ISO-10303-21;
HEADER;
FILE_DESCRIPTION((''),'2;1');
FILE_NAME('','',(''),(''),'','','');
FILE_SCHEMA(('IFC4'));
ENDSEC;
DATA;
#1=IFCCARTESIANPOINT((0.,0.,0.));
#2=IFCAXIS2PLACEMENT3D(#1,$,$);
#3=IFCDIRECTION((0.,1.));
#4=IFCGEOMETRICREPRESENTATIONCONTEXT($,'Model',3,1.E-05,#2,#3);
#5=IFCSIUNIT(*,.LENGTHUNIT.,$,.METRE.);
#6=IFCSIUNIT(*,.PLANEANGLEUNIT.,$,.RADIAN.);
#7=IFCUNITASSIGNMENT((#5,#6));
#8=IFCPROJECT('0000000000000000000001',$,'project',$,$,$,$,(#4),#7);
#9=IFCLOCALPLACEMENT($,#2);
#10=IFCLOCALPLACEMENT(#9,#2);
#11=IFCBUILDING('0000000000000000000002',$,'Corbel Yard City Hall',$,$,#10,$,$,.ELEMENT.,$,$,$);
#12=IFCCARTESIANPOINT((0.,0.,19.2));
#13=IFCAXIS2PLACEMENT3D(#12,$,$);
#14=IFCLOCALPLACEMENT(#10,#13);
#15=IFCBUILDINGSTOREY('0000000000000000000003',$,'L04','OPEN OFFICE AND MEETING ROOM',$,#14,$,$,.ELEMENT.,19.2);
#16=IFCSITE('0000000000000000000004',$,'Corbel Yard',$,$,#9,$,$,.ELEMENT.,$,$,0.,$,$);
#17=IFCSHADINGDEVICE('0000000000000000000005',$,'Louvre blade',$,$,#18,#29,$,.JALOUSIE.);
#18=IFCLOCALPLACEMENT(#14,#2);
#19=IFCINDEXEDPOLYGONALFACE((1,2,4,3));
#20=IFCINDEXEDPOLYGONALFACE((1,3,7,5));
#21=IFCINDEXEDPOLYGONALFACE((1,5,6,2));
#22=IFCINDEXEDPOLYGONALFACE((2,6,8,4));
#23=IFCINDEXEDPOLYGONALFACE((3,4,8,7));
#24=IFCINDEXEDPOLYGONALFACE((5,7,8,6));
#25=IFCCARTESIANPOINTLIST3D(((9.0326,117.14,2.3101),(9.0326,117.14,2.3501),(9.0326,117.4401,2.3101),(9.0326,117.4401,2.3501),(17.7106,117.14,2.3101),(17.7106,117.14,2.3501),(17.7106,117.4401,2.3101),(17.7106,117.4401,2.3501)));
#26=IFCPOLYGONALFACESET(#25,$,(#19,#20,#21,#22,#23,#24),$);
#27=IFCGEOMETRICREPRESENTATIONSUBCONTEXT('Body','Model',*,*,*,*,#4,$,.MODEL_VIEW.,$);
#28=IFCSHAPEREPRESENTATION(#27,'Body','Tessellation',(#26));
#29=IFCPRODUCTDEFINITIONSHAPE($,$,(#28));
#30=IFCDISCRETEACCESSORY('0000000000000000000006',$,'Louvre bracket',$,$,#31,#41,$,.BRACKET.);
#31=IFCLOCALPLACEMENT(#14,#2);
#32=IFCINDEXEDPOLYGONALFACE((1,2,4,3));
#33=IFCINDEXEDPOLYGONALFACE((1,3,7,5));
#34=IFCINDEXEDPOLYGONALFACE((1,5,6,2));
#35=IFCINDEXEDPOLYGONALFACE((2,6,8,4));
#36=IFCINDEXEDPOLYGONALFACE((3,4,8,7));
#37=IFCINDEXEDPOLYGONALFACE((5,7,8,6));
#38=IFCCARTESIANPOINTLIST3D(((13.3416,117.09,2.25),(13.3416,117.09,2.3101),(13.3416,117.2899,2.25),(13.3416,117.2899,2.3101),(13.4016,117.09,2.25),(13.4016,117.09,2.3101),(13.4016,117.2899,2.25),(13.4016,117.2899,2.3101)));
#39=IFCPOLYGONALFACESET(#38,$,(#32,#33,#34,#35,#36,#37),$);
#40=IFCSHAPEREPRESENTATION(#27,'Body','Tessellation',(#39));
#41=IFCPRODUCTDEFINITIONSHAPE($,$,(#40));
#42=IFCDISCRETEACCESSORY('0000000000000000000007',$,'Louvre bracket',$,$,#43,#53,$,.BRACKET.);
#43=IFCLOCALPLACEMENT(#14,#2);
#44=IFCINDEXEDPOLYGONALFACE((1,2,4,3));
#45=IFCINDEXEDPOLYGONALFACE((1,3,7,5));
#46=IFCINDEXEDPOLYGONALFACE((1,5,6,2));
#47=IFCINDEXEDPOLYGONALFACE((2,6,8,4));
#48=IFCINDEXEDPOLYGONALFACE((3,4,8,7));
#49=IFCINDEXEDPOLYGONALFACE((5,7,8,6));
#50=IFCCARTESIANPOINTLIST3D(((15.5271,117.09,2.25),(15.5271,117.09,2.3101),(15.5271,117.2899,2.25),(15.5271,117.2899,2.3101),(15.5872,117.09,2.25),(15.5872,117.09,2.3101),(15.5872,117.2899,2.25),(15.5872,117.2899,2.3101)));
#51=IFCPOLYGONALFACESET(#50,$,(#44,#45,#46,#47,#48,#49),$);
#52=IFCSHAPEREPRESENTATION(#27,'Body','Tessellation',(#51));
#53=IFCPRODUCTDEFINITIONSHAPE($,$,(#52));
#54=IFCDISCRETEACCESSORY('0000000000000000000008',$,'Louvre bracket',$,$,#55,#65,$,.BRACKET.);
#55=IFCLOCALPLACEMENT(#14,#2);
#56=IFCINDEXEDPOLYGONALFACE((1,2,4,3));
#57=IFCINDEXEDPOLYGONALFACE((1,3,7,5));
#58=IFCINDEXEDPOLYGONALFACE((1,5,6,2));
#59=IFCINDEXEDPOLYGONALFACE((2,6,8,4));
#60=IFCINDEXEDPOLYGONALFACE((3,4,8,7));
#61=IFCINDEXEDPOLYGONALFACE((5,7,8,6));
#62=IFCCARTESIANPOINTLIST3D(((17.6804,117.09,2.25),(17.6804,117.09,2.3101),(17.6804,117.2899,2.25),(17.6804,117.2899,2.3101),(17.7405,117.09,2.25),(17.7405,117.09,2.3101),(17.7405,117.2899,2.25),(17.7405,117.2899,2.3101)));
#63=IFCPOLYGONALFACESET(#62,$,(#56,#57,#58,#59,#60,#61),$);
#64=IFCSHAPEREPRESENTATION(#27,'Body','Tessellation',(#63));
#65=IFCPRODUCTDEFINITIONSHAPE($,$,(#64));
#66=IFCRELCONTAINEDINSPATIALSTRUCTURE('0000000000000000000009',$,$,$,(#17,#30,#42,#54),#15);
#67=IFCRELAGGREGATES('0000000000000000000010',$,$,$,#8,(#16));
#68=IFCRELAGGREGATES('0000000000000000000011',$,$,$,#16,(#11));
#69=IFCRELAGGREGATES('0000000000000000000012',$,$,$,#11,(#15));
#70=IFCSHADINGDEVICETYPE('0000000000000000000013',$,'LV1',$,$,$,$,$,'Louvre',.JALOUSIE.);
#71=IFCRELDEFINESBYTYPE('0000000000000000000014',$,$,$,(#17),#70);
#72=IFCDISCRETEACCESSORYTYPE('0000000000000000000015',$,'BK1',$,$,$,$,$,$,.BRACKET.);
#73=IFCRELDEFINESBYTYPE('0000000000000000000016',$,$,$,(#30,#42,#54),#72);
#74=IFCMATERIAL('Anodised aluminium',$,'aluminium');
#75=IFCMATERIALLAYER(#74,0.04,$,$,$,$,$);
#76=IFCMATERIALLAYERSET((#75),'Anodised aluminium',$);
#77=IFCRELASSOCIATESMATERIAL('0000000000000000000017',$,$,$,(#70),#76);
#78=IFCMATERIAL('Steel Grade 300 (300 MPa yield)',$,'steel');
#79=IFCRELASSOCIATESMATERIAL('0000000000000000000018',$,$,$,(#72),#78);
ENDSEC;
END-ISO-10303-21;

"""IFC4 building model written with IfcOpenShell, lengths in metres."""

from ifc_helpers import new_model, si_unit, direction, frame, origin, origin_2d, place, context, subcontext, project, spatial, rectangle, extrude, material, layer, layer_set, type_object, element, save


model = new_model("IFC4")

# Units and contexts
model_context = context("Model", 3, precision=1e-05, world=origin(), true_north=direction((0.0, 1.0)))
body_context = subcontext(model_context, "Body", "Model", "MODEL_VIEW")
ifc_project = project(units=[si_unit("LENGTHUNIT", "METRE"), si_unit("PLANEANGLEUNIT", "RADIAN")], contexts=[model_context])

# Site, building, storey
site_placement = place(None, origin())
site = spatial("IfcSite", under=ifc_project, at=site_placement, Name="Corbel Yard", CompositionType="ELEMENT", RefElevation=0.0)
building_placement = place(site_placement, origin())
building = spatial("IfcBuilding", under=site, at=building_placement, Name="Corbel Yard City Hall", CompositionType="ELEMENT")
storey_placement = place(building_placement, frame((0.0, 0.0, 19.2)))
storey = spatial("IfcBuildingStorey", under=building, at=storey_placement, Name="L04", Description="OPEN OFFICE AND MEETING ROOM", CompositionType="ELEMENT", Elevation=19.2)

# Shared definitions
ifc_material_1 = material(Name="Steel Grade 300 (300 MPa yield)", Category="steel")

# Shared definitions
ifc_material_2 = material(Name="Anodised aluminium", Category="aluminium")

# Shading device
ifc_layer_1 = layer(ifc_material_2, 0.04)
ifc_layer_set_1 = layer_set([ifc_layer_1], Name="Anodised aluminium")
shading_device_type = type_object("IfcShadingDeviceType", Name="LV1", ElementType="Louvre", PredefinedType="JALOUSIE", material=ifc_layer_set_1)
shading_device_placement = place(storey_placement, frame((13.3716, 117.29, 2.3101), z_axis=(0.0, 0.0, 1.0), x_axis=(1.0, 0.0, 0.0)))
element("IfcShadingDevice", 1, at=shading_device_placement, inside=storey, type_object=shading_device_type, Name="Louvre blade", PredefinedType="JALOUSIE", context=body_context, shape_type="SweptSolid", body=[
    extrude(rectangle(XDim=8.678, YDim=0.3, at=origin_2d()), origin(), (0.0, 0.0, 1.0), 0.04),
])

# Discrete accessories
discrete_accessory_type = type_object("IfcDiscreteAccessoryType", Name="BK1", PredefinedType="BRACKET", material=ifc_material_1)
for number, where, z_axis, x_axis, name in (
    (2, (13.3716, 117.1899, 2.25), (0.0, 0.0, 1.0), (1.0, 0.0, 0.0), "Louvre bracket"),
    (3, (15.5571, 117.1899, 2.25), (0.0, 0.0, 1.0), (1.0, 0.0, 0.0), "Louvre bracket"),
    (4, (17.7104, 117.1899, 2.25), (0.0, 0.0, 1.0), (1.0, 0.0, 0.0), "Louvre bracket"),
):
    element("IfcDiscreteAccessory", number, at=place(storey_placement, frame(where, z_axis=z_axis, x_axis=x_axis)), inside=storey, type_object=discrete_accessory_type, Name=name, PredefinedType="BRACKET", context=body_context, shape_type="SweptSolid", body=[
        extrude(rectangle(XDim=0.0601, YDim=0.2, at=origin_2d()), origin(), (0.0, 0.0, 1.0), 0.0601),
    ])

save(model, "model.ifc")
